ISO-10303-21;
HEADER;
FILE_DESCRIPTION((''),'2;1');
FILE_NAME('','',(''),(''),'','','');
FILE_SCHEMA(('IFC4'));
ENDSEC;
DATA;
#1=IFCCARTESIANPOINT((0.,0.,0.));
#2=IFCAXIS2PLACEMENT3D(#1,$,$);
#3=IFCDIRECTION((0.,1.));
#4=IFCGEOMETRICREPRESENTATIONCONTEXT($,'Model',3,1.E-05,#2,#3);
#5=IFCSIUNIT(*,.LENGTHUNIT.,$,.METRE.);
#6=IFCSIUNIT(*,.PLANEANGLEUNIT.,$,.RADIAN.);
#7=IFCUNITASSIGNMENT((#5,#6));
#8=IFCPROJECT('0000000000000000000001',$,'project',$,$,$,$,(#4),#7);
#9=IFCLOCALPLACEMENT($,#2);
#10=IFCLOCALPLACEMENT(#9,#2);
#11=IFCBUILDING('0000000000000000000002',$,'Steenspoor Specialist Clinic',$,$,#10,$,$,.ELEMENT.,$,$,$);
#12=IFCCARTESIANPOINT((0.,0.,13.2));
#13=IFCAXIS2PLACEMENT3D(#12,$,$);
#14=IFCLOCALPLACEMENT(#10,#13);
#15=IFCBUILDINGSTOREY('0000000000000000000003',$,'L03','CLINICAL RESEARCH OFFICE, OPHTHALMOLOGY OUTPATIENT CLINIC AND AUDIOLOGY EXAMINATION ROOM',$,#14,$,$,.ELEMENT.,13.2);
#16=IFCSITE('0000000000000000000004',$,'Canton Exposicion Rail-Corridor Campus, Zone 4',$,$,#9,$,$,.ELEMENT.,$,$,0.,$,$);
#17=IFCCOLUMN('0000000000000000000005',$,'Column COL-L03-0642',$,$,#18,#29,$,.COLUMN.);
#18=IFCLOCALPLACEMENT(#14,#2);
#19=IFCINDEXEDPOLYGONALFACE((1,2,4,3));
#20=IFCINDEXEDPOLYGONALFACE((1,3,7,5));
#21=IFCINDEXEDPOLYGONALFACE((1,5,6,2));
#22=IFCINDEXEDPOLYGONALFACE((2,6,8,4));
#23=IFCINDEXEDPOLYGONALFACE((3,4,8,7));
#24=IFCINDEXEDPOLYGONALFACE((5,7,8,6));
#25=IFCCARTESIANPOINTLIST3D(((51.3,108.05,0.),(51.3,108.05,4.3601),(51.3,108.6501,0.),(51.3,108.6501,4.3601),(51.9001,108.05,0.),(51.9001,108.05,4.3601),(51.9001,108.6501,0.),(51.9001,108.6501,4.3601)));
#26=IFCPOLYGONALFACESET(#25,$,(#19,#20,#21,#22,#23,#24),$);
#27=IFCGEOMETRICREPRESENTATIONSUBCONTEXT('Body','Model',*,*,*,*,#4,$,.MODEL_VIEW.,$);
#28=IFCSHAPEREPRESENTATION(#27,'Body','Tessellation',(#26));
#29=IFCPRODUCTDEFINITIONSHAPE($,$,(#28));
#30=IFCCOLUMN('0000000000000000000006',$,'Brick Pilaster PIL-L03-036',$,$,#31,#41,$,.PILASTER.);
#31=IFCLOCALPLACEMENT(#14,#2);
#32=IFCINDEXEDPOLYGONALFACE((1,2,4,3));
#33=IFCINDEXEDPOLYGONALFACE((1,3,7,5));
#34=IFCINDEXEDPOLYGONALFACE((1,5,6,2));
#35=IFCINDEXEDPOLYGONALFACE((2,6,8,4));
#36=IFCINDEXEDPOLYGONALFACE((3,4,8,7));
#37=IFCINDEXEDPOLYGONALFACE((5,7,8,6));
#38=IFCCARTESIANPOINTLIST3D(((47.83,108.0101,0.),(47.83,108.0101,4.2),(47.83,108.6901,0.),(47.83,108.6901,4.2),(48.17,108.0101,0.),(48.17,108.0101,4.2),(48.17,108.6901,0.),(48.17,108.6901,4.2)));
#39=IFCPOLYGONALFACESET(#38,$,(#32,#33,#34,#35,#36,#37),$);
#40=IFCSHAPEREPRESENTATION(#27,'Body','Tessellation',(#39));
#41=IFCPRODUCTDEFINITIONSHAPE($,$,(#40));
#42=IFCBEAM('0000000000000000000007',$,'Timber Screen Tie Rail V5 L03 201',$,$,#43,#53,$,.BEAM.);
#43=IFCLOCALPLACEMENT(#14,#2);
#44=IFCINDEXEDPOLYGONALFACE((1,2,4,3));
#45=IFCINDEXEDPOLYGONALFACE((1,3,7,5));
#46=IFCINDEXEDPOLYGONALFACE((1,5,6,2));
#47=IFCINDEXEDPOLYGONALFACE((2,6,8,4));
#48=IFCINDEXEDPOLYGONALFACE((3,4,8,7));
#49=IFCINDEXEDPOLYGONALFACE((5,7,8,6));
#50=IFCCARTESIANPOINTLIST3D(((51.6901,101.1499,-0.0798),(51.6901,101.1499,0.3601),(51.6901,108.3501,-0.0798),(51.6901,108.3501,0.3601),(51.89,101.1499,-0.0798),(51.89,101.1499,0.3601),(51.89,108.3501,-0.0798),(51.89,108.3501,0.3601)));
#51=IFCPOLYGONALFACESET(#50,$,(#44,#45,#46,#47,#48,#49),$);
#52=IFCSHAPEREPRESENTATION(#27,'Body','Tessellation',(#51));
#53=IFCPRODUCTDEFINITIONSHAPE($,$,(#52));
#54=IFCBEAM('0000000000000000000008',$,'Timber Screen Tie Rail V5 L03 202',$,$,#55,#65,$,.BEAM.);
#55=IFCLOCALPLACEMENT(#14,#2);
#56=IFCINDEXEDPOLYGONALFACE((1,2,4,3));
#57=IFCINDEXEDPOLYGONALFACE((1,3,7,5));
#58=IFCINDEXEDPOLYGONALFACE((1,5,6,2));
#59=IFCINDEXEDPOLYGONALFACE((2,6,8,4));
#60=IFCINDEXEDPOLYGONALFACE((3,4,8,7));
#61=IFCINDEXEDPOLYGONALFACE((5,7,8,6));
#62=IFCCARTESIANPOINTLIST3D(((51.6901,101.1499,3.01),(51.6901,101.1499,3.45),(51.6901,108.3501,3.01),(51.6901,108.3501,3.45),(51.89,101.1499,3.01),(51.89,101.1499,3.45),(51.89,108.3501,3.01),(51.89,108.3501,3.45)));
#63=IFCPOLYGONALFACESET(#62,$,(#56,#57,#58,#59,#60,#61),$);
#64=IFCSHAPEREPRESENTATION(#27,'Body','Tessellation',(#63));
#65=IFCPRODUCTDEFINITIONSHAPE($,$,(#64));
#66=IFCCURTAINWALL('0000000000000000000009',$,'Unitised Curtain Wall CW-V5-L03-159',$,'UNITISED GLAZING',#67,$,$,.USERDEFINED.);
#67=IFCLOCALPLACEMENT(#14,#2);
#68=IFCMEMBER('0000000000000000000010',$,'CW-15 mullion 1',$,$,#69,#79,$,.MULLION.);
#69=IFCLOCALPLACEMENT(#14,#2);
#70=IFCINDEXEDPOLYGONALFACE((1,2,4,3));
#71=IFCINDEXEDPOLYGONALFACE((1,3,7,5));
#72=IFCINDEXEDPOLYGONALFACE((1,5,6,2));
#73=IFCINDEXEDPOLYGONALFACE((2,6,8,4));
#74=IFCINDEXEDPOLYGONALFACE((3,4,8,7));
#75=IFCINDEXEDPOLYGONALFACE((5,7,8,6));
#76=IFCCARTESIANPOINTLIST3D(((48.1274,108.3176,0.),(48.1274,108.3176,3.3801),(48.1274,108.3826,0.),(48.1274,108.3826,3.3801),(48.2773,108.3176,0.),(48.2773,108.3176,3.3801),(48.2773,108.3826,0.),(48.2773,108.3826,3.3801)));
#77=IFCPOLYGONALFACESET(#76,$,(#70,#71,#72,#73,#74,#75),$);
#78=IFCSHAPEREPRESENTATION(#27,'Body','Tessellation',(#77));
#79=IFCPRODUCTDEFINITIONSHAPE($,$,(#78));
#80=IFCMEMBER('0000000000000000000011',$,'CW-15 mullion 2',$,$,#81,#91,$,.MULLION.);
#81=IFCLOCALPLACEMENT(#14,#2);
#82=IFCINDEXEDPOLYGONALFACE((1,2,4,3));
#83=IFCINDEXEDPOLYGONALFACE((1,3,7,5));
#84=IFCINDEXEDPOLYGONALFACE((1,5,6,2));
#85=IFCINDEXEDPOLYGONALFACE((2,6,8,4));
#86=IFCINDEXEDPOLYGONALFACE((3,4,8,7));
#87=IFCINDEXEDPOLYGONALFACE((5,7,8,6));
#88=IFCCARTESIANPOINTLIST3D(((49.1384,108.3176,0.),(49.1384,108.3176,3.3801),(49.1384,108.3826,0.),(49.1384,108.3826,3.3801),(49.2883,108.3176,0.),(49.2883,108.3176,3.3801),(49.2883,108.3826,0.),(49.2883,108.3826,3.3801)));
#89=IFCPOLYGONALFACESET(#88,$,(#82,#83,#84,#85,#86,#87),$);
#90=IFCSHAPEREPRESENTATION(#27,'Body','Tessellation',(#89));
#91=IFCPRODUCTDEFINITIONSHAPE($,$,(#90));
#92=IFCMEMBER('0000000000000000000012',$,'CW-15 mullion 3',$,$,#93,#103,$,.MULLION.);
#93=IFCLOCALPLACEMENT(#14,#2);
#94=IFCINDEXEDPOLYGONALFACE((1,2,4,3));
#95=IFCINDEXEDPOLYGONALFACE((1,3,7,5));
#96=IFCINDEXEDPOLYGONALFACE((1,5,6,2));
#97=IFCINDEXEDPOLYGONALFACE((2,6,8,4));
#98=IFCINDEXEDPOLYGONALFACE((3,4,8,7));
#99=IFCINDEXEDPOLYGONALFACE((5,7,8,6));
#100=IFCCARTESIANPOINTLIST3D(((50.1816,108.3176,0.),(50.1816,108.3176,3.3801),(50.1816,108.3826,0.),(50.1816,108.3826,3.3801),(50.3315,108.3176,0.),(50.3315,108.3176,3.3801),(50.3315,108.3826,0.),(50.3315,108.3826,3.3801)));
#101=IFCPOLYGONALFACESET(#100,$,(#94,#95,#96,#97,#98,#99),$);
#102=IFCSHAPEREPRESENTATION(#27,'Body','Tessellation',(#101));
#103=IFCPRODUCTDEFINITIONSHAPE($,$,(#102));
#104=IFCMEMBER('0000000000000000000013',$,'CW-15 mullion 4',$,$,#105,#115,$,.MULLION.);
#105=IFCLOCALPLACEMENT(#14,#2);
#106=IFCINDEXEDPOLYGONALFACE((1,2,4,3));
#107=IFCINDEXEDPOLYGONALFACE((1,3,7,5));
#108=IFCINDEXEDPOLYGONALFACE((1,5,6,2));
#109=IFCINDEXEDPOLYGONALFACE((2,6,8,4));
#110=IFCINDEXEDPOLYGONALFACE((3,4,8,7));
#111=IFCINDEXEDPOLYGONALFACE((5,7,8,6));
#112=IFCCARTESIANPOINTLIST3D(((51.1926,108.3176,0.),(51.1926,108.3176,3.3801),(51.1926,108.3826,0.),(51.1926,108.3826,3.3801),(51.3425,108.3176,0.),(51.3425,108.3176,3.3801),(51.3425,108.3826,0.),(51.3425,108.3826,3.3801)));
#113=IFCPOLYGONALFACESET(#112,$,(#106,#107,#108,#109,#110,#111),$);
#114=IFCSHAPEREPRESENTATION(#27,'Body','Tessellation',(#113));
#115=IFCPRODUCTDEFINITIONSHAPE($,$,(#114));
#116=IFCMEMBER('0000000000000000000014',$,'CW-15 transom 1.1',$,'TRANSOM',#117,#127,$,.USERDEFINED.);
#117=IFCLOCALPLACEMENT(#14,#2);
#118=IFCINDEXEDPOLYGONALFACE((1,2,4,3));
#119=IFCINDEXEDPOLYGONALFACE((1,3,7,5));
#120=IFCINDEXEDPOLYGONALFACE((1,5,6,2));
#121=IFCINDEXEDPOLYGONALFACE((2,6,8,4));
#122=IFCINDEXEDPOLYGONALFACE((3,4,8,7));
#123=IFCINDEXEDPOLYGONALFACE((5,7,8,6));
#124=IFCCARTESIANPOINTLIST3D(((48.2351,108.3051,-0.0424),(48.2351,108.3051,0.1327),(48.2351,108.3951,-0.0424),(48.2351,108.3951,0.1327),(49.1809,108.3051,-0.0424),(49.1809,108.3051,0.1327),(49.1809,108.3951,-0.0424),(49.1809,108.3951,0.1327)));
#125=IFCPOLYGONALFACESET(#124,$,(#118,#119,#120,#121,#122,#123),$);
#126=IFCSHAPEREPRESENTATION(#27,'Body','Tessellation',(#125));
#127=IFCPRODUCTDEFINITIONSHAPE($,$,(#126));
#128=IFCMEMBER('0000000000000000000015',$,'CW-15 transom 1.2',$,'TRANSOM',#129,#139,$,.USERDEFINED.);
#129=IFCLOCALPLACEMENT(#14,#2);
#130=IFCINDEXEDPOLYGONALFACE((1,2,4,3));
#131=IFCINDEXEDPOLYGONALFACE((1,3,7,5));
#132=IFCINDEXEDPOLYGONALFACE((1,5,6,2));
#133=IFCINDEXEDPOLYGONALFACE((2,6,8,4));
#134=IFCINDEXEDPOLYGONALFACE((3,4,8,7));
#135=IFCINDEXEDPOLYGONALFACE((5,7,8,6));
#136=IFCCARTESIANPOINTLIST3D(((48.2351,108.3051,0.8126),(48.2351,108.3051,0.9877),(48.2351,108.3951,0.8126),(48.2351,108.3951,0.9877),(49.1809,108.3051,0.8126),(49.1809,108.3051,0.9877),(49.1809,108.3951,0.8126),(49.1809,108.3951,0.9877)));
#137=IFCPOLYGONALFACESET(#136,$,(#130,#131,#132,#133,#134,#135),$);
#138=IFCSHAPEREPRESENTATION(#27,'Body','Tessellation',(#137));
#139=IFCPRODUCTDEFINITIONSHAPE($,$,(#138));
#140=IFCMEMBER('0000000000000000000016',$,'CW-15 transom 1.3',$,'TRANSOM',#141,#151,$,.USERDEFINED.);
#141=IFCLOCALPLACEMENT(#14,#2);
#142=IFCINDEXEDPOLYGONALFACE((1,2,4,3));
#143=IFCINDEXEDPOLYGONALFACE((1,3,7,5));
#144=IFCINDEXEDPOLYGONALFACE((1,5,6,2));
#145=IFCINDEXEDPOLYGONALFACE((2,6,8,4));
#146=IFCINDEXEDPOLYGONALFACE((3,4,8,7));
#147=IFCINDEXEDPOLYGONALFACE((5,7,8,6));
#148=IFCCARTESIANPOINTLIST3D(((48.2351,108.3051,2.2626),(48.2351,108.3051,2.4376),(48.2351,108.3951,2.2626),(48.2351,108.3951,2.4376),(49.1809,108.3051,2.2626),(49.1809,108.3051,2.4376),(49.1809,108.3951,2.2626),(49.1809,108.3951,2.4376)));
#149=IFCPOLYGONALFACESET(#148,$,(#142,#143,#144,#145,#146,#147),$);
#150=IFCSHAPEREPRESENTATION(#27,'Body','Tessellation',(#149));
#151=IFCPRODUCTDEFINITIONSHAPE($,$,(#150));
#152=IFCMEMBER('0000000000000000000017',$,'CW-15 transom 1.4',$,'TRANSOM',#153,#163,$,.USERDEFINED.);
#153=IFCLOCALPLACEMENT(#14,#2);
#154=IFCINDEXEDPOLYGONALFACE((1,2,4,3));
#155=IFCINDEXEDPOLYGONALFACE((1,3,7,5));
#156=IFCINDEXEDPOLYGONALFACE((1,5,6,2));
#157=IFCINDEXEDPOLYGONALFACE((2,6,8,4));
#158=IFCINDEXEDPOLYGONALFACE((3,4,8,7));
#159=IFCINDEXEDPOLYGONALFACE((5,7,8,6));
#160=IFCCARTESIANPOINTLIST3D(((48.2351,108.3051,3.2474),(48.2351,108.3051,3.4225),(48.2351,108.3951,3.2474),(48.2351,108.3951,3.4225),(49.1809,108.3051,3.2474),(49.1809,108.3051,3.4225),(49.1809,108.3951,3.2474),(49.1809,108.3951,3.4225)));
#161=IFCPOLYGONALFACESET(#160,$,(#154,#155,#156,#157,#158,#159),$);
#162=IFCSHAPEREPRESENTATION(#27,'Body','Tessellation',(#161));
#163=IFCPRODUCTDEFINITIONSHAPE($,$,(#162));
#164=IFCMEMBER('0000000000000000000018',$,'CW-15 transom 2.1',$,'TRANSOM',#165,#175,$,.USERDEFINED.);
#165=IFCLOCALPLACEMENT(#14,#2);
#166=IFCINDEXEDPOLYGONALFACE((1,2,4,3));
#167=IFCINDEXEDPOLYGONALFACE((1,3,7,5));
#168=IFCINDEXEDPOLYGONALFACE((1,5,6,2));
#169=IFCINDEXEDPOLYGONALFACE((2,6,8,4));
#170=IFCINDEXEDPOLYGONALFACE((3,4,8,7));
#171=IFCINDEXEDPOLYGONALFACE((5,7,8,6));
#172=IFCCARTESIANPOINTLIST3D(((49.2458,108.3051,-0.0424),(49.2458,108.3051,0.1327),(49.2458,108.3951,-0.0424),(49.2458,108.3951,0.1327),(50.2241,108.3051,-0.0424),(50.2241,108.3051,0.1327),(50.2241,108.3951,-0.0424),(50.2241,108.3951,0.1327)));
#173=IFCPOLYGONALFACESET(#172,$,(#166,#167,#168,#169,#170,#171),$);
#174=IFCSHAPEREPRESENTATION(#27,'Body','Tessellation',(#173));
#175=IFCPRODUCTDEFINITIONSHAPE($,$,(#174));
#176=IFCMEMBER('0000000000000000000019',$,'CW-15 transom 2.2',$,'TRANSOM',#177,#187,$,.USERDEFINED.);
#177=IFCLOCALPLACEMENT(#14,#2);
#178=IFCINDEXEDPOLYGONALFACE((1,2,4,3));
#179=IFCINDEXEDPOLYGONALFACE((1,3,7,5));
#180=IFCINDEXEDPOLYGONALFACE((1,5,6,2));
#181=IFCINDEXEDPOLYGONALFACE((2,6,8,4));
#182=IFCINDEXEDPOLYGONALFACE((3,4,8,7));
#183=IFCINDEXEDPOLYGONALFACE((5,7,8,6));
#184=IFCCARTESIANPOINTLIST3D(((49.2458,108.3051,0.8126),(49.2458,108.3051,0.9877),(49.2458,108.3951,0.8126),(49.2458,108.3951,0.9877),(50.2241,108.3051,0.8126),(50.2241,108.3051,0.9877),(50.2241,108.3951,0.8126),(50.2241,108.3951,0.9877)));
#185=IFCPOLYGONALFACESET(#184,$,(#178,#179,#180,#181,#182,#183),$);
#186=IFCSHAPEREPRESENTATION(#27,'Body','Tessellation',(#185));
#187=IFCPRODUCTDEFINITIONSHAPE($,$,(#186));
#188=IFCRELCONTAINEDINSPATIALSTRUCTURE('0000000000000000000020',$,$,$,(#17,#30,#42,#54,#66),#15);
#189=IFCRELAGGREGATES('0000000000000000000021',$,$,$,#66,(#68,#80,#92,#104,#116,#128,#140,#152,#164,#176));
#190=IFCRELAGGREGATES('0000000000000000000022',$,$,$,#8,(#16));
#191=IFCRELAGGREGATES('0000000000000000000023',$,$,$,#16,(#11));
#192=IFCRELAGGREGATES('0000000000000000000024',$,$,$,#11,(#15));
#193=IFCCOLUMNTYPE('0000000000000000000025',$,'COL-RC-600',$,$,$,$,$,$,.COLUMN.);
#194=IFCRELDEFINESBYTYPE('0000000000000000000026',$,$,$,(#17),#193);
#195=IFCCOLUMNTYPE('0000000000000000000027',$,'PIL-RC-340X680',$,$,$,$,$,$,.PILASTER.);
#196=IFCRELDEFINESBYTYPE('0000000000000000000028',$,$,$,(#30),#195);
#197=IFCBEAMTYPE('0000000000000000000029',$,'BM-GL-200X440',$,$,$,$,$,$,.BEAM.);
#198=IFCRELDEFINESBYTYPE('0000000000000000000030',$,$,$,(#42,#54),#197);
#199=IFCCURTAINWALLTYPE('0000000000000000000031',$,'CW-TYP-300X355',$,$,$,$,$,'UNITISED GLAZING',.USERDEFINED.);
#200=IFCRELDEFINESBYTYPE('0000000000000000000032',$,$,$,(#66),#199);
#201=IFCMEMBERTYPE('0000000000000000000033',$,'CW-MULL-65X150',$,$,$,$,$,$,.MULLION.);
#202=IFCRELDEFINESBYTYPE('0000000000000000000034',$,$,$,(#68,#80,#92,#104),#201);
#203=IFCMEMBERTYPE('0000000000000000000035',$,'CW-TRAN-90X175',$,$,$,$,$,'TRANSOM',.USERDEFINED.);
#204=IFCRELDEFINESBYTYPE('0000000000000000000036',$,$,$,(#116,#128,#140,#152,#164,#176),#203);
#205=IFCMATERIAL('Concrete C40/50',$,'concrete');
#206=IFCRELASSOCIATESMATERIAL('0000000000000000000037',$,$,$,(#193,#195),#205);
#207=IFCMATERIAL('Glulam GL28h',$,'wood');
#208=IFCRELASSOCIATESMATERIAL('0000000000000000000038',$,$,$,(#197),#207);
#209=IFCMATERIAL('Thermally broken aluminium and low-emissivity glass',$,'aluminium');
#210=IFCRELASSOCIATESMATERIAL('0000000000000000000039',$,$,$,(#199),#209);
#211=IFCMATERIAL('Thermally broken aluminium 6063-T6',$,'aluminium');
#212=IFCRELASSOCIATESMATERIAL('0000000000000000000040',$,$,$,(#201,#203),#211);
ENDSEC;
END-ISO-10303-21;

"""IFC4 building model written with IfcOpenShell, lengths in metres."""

from ifc_helpers import new_model, si_unit, direction, frame, origin, origin_2d, place, context, subcontext, project, spatial, rectangle, extrude, material, material_profile, profile_set, type_object, element, aggregate, save


model = new_model("IFC4")

# Units and contexts
model_context = context("Model", 3, precision=1e-05, world=origin(), true_north=direction((0.0, 1.0)))
body_context = subcontext(model_context, "Body", "Model", "MODEL_VIEW")
ifc_project = project(units=[si_unit("LENGTHUNIT", "METRE"), si_unit("PLANEANGLEUNIT", "RADIAN")], contexts=[model_context])

# Site, building, storey
site_placement = place(None, origin())
site = spatial("IfcSite", under=ifc_project, at=site_placement, Name="Canton Exposicion Rail-Corridor Campus, Zone 4", CompositionType="ELEMENT", RefElevation=0.0)
building_placement = place(site_placement, origin())
building = spatial("IfcBuilding", under=site, at=building_placement, Name="Steenspoor Specialist Clinic", CompositionType="ELEMENT")
storey_placement = place(building_placement, frame((0.0, 0.0, 13.2)))
storey = spatial("IfcBuildingStorey", under=building, at=storey_placement, Name="L03", Description="CLINICAL RESEARCH OFFICE, OPHTHALMOLOGY OUTPATIENT CLINIC AND AUDIOLOGY EXAMINATION ROOM", CompositionType="ELEMENT", Elevation=13.2)

# Columns
ifc_material_1 = material(Name="Concrete C40/50", Category="concrete")
ifc_material_profile_1 = material_profile(ifc_material_1, rectangle(XDim=0.6001, YDim=0.6001, at=origin_2d()), Name="RC-COL-600X600")
ifc_profile_set_1 = profile_set([ifc_material_profile_1], Name="Concrete C40/50")
column_type_1 = type_object("IfcColumnType", Name="COL-RC-600", PredefinedType="COLUMN", material=ifc_profile_set_1)
column_1_placement = place(storey_placement, frame((51.6001, 108.3501, 0.0), z_axis=(0.0, 0.0, 1.0), x_axis=(1.0, 0.0, 0.0)))
element("IfcColumn", 1, at=column_1_placement, inside=storey, type_object=column_type_1, Name="Column COL-L03-0642", PredefinedType="COLUMN", context=body_context, shape_type="SweptSolid", body=[
    extrude(rectangle(XDim=0.6001, YDim=0.6001, at=origin_2d()), origin(), (0.0, 0.0, 1.0), 4.3601),
])
ifc_material_profile_2 = material_profile(ifc_material_1, rectangle(XDim=0.3401, YDim=0.6799, at=origin_2d()), Name="RC-PIL-340X680")
ifc_profile_set_2 = profile_set([ifc_material_profile_2], Name="Concrete C40/50")
column_type_2 = type_object("IfcColumnType", Name="PIL-RC-340X680", PredefinedType="PILASTER", material=ifc_profile_set_2)
column_2_placement = place(storey_placement, frame((48.0, 108.3501, 0.0), z_axis=(0.0, 0.0, 1.0), x_axis=(1.0, 0.0, 0.0)))
element("IfcColumn", 2, at=column_2_placement, inside=storey, type_object=column_type_2, Name="Brick Pilaster PIL-L03-036", PredefinedType="PILASTER", context=body_context, shape_type="SweptSolid", body=[
    extrude(rectangle(XDim=0.3401, YDim=0.6799, at=origin_2d()), origin(), (0.0, 0.0, 1.0), 4.2),
])

# Beams
ifc_material_2 = material(Name="Glulam GL28h", Category="wood")
ifc_material_profile_3 = material_profile(ifc_material_2, rectangle(XDim=0.2, YDim=0.4399, at=origin_2d()), Name="GL28H-200X440")
ifc_profile_set_3 = profile_set([ifc_material_profile_3], Name="Glulam GL28h")
beam_type_1 = type_object("IfcBeamType", Name="BM-GL-200X440", PredefinedType="BEAM", material=ifc_profile_set_3)
for number, where, z_axis, x_axis, name in (
    (3, (51.79, 108.3501, 0.1401), (0.0, -1.0, 0.0), (1.0, 0.0, 0.0), "Timber Screen Tie Rail V5 L03 201"),
    (4, (51.79, 108.3501, 3.23), (0.0, -1.0, 0.0), (1.0, 0.0, 0.0), "Timber Screen Tie Rail V5 L03 202"),
):
    element("IfcBeam", number, at=place(storey_placement, frame(where, z_axis=z_axis, x_axis=x_axis)), inside=storey, type_object=beam_type_1, Name=name, PredefinedType="BEAM", context=body_context, shape_type="SweptSolid", body=[
        extrude(rectangle(XDim=0.2, YDim=0.4399, at=origin_2d()), origin(), (0.0, 0.0, 1.0), 7.2002),
    ])

# Curtain wall, members
ifc_material_3 = material(Name="Thermally broken aluminium and low-emissivity glass", Category="aluminium")
curtain_wall_type = type_object("IfcCurtainWallType", Name="CW-TYP-300X355", ElementType="UNITISED GLAZING", PredefinedType="USERDEFINED", material=ifc_material_3)
curtain_wall_placement = place(storey_placement, origin())
curtain_wall = element("IfcCurtainWall", 5, at=curtain_wall_placement, inside=storey, type_object=curtain_wall_type, Name="Unitised Curtain Wall CW-V5-L03-159", ObjectType="UNITISED GLAZING", PredefinedType="USERDEFINED")
ifc_material_4 = material(Name="Thermally broken aluminium 6063-T6", Category="aluminium")
ifc_material_profile_4 = material_profile(ifc_material_4, rectangle(XDim=0.0649, YDim=0.1499, at=origin_2d()), Name="CWM-65X150")
ifc_profile_set_4 = profile_set([ifc_material_profile_4], Name="Thermally broken aluminium 6063-T6")
member_type_1 = type_object("IfcMemberType", Name="CW-MULL-65X150", PredefinedType="MULLION", material=ifc_profile_set_4)
member_1_placement = place(storey_placement, frame((48.2024, 108.3501, 0.0), z_axis=(0.0, 0.0, 1.0), x_axis=(0.0, 1.0, 0.0)))
member_1 = element("IfcMember", 6, at=member_1_placement, type_object=member_type_1, Name="CW-15 mullion 1", PredefinedType="MULLION", context=body_context, shape_type="SweptSolid", body=[
    extrude(rectangle(XDim=0.0649, YDim=0.1499, at=origin_2d()), origin(), (0.0, 0.0, 1.0), 3.3801),
])
member_2_placement = place(storey_placement, frame((49.2134, 108.3501, 0.0), z_axis=(0.0, 0.0, 1.0), x_axis=(0.0, 1.0, 0.0)))
member_2 = element("IfcMember", 7, at=member_2_placement, type_object=member_type_1, Name="CW-15 mullion 2", PredefinedType="MULLION", context=body_context, shape_type="SweptSolid", body=[
    extrude(rectangle(XDim=0.0649, YDim=0.1499, at=origin_2d()), origin(), (0.0, 0.0, 1.0), 3.3801),
])
member_3_placement = place(storey_placement, frame((50.2566, 108.3501, 0.0), z_axis=(0.0, 0.0, 1.0), x_axis=(0.0, 1.0, 0.0)))
member_3 = element("IfcMember", 8, at=member_3_placement, type_object=member_type_1, Name="CW-15 mullion 3", PredefinedType="MULLION", context=body_context, shape_type="SweptSolid", body=[
    extrude(rectangle(XDim=0.0649, YDim=0.1499, at=origin_2d()), origin(), (0.0, 0.0, 1.0), 3.3801),
])
member_4_placement = place(storey_placement, frame((51.2676, 108.3501, 0.0), z_axis=(0.0, 0.0, 1.0), x_axis=(0.0, 1.0, 0.0)))
member_4 = element("IfcMember", 9, at=member_4_placement, type_object=member_type_1, Name="CW-15 mullion 4", PredefinedType="MULLION", context=body_context, shape_type="SweptSolid", body=[
    extrude(rectangle(XDim=0.0649, YDim=0.1499, at=origin_2d()), origin(), (0.0, 0.0, 1.0), 3.3801),
])
ifc_material_profile_5 = material_profile(ifc_material_4, rectangle(XDim=0.0901, YDim=0.175, at=origin_2d()), Name="CWT-90X175")
ifc_profile_set_5 = profile_set([ifc_material_profile_5], Name="Thermally broken aluminium 6063-T6")
member_type_2 = type_object("IfcMemberType", Name="CW-TRAN-90X175", ElementType="TRANSOM", PredefinedType="USERDEFINED", material=ifc_profile_set_5)
member_5_placement = place(storey_placement, frame((48.2351, 108.3501, 0.0452), z_axis=(1.0, 0.0, 0.0), x_axis=(0.0, 1.0, 0.0)))
member_5 = element("IfcMember", 10, at=member_5_placement, type_object=member_type_2, Name="CW-15 transom 1.1", ObjectType="TRANSOM", PredefinedType="USERDEFINED", context=body_context, shape_type="SweptSolid", body=[
    extrude(rectangle(XDim=0.0901, YDim=0.175, at=origin_2d()), origin(), (0.0, 0.0, 1.0), 0.9458),
])
member_6_placement = place(storey_placement, frame((48.2351, 108.3501, 0.9001), z_axis=(1.0, 0.0, 0.0), x_axis=(0.0, 1.0, 0.0)))
member_6 = element("IfcMember", 11, at=member_6_placement, type_object=member_type_2, Name="CW-15 transom 1.2", ObjectType="TRANSOM", PredefinedType="USERDEFINED", context=body_context, shape_type="SweptSolid", body=[
    extrude(rectangle(XDim=0.0901, YDim=0.175, at=origin_2d()), origin(), (0.0, 0.0, 1.0), 0.9458),
])
member_7_placement = place(storey_placement, frame((48.2351, 108.3501, 2.3501), z_axis=(1.0, 0.0, 0.0), x_axis=(0.0, 1.0, 0.0)))
member_7 = element("IfcMember", 12, at=member_7_placement, type_object=member_type_2, Name="CW-15 transom 1.3", ObjectType="TRANSOM", PredefinedType="USERDEFINED", context=body_context, shape_type="SweptSolid", body=[
    extrude(rectangle(XDim=0.0901, YDim=0.175, at=origin_2d()), origin(), (0.0, 0.0, 1.0), 0.9458),
])
member_8_placement = place(storey_placement, frame((48.2351, 108.3501, 3.335), z_axis=(1.0, 0.0, 0.0), x_axis=(0.0, 1.0, 0.0)))
member_8 = element("IfcMember", 13, at=member_8_placement, type_object=member_type_2, Name="CW-15 transom 1.4", ObjectType="TRANSOM", PredefinedType="USERDEFINED", context=body_context, shape_type="SweptSolid", body=[
    extrude(rectangle(XDim=0.0901, YDim=0.175, at=origin_2d()), origin(), (0.0, 0.0, 1.0), 0.9458),
])
member_9_placement = place(storey_placement, frame((49.2458, 108.3501, 0.0452), z_axis=(1.0, 0.0, 0.0), x_axis=(0.0, 1.0, 0.0)))
member_9 = element("IfcMember", 14, at=member_9_placement, type_object=member_type_2, Name="CW-15 transom 2.1", ObjectType="TRANSOM", PredefinedType="USERDEFINED", context=body_context, shape_type="SweptSolid", body=[
    extrude(rectangle(XDim=0.0901, YDim=0.175, at=origin_2d()), origin(), (0.0, 0.0, 1.0), 0.9783),
])
member_10_placement = place(storey_placement, frame((49.2458, 108.3501, 0.9001), z_axis=(1.0, 0.0, 0.0), x_axis=(0.0, 1.0, 0.0)))
member_10 = element("IfcMember", 15, at=member_10_placement, type_object=member_type_2, Name="CW-15 transom 2.2", ObjectType="TRANSOM", PredefinedType="USERDEFINED", context=body_context, shape_type="SweptSolid", body=[
    extrude(rectangle(XDim=0.0901, YDim=0.175, at=origin_2d()), origin(), (0.0, 0.0, 1.0), 0.9783),
])

aggregate(curtain_wall, [member_1, member_2, member_3, member_4, member_5, member_6, member_7, member_8, member_9, member_10])

save(model, "model.ifc")
